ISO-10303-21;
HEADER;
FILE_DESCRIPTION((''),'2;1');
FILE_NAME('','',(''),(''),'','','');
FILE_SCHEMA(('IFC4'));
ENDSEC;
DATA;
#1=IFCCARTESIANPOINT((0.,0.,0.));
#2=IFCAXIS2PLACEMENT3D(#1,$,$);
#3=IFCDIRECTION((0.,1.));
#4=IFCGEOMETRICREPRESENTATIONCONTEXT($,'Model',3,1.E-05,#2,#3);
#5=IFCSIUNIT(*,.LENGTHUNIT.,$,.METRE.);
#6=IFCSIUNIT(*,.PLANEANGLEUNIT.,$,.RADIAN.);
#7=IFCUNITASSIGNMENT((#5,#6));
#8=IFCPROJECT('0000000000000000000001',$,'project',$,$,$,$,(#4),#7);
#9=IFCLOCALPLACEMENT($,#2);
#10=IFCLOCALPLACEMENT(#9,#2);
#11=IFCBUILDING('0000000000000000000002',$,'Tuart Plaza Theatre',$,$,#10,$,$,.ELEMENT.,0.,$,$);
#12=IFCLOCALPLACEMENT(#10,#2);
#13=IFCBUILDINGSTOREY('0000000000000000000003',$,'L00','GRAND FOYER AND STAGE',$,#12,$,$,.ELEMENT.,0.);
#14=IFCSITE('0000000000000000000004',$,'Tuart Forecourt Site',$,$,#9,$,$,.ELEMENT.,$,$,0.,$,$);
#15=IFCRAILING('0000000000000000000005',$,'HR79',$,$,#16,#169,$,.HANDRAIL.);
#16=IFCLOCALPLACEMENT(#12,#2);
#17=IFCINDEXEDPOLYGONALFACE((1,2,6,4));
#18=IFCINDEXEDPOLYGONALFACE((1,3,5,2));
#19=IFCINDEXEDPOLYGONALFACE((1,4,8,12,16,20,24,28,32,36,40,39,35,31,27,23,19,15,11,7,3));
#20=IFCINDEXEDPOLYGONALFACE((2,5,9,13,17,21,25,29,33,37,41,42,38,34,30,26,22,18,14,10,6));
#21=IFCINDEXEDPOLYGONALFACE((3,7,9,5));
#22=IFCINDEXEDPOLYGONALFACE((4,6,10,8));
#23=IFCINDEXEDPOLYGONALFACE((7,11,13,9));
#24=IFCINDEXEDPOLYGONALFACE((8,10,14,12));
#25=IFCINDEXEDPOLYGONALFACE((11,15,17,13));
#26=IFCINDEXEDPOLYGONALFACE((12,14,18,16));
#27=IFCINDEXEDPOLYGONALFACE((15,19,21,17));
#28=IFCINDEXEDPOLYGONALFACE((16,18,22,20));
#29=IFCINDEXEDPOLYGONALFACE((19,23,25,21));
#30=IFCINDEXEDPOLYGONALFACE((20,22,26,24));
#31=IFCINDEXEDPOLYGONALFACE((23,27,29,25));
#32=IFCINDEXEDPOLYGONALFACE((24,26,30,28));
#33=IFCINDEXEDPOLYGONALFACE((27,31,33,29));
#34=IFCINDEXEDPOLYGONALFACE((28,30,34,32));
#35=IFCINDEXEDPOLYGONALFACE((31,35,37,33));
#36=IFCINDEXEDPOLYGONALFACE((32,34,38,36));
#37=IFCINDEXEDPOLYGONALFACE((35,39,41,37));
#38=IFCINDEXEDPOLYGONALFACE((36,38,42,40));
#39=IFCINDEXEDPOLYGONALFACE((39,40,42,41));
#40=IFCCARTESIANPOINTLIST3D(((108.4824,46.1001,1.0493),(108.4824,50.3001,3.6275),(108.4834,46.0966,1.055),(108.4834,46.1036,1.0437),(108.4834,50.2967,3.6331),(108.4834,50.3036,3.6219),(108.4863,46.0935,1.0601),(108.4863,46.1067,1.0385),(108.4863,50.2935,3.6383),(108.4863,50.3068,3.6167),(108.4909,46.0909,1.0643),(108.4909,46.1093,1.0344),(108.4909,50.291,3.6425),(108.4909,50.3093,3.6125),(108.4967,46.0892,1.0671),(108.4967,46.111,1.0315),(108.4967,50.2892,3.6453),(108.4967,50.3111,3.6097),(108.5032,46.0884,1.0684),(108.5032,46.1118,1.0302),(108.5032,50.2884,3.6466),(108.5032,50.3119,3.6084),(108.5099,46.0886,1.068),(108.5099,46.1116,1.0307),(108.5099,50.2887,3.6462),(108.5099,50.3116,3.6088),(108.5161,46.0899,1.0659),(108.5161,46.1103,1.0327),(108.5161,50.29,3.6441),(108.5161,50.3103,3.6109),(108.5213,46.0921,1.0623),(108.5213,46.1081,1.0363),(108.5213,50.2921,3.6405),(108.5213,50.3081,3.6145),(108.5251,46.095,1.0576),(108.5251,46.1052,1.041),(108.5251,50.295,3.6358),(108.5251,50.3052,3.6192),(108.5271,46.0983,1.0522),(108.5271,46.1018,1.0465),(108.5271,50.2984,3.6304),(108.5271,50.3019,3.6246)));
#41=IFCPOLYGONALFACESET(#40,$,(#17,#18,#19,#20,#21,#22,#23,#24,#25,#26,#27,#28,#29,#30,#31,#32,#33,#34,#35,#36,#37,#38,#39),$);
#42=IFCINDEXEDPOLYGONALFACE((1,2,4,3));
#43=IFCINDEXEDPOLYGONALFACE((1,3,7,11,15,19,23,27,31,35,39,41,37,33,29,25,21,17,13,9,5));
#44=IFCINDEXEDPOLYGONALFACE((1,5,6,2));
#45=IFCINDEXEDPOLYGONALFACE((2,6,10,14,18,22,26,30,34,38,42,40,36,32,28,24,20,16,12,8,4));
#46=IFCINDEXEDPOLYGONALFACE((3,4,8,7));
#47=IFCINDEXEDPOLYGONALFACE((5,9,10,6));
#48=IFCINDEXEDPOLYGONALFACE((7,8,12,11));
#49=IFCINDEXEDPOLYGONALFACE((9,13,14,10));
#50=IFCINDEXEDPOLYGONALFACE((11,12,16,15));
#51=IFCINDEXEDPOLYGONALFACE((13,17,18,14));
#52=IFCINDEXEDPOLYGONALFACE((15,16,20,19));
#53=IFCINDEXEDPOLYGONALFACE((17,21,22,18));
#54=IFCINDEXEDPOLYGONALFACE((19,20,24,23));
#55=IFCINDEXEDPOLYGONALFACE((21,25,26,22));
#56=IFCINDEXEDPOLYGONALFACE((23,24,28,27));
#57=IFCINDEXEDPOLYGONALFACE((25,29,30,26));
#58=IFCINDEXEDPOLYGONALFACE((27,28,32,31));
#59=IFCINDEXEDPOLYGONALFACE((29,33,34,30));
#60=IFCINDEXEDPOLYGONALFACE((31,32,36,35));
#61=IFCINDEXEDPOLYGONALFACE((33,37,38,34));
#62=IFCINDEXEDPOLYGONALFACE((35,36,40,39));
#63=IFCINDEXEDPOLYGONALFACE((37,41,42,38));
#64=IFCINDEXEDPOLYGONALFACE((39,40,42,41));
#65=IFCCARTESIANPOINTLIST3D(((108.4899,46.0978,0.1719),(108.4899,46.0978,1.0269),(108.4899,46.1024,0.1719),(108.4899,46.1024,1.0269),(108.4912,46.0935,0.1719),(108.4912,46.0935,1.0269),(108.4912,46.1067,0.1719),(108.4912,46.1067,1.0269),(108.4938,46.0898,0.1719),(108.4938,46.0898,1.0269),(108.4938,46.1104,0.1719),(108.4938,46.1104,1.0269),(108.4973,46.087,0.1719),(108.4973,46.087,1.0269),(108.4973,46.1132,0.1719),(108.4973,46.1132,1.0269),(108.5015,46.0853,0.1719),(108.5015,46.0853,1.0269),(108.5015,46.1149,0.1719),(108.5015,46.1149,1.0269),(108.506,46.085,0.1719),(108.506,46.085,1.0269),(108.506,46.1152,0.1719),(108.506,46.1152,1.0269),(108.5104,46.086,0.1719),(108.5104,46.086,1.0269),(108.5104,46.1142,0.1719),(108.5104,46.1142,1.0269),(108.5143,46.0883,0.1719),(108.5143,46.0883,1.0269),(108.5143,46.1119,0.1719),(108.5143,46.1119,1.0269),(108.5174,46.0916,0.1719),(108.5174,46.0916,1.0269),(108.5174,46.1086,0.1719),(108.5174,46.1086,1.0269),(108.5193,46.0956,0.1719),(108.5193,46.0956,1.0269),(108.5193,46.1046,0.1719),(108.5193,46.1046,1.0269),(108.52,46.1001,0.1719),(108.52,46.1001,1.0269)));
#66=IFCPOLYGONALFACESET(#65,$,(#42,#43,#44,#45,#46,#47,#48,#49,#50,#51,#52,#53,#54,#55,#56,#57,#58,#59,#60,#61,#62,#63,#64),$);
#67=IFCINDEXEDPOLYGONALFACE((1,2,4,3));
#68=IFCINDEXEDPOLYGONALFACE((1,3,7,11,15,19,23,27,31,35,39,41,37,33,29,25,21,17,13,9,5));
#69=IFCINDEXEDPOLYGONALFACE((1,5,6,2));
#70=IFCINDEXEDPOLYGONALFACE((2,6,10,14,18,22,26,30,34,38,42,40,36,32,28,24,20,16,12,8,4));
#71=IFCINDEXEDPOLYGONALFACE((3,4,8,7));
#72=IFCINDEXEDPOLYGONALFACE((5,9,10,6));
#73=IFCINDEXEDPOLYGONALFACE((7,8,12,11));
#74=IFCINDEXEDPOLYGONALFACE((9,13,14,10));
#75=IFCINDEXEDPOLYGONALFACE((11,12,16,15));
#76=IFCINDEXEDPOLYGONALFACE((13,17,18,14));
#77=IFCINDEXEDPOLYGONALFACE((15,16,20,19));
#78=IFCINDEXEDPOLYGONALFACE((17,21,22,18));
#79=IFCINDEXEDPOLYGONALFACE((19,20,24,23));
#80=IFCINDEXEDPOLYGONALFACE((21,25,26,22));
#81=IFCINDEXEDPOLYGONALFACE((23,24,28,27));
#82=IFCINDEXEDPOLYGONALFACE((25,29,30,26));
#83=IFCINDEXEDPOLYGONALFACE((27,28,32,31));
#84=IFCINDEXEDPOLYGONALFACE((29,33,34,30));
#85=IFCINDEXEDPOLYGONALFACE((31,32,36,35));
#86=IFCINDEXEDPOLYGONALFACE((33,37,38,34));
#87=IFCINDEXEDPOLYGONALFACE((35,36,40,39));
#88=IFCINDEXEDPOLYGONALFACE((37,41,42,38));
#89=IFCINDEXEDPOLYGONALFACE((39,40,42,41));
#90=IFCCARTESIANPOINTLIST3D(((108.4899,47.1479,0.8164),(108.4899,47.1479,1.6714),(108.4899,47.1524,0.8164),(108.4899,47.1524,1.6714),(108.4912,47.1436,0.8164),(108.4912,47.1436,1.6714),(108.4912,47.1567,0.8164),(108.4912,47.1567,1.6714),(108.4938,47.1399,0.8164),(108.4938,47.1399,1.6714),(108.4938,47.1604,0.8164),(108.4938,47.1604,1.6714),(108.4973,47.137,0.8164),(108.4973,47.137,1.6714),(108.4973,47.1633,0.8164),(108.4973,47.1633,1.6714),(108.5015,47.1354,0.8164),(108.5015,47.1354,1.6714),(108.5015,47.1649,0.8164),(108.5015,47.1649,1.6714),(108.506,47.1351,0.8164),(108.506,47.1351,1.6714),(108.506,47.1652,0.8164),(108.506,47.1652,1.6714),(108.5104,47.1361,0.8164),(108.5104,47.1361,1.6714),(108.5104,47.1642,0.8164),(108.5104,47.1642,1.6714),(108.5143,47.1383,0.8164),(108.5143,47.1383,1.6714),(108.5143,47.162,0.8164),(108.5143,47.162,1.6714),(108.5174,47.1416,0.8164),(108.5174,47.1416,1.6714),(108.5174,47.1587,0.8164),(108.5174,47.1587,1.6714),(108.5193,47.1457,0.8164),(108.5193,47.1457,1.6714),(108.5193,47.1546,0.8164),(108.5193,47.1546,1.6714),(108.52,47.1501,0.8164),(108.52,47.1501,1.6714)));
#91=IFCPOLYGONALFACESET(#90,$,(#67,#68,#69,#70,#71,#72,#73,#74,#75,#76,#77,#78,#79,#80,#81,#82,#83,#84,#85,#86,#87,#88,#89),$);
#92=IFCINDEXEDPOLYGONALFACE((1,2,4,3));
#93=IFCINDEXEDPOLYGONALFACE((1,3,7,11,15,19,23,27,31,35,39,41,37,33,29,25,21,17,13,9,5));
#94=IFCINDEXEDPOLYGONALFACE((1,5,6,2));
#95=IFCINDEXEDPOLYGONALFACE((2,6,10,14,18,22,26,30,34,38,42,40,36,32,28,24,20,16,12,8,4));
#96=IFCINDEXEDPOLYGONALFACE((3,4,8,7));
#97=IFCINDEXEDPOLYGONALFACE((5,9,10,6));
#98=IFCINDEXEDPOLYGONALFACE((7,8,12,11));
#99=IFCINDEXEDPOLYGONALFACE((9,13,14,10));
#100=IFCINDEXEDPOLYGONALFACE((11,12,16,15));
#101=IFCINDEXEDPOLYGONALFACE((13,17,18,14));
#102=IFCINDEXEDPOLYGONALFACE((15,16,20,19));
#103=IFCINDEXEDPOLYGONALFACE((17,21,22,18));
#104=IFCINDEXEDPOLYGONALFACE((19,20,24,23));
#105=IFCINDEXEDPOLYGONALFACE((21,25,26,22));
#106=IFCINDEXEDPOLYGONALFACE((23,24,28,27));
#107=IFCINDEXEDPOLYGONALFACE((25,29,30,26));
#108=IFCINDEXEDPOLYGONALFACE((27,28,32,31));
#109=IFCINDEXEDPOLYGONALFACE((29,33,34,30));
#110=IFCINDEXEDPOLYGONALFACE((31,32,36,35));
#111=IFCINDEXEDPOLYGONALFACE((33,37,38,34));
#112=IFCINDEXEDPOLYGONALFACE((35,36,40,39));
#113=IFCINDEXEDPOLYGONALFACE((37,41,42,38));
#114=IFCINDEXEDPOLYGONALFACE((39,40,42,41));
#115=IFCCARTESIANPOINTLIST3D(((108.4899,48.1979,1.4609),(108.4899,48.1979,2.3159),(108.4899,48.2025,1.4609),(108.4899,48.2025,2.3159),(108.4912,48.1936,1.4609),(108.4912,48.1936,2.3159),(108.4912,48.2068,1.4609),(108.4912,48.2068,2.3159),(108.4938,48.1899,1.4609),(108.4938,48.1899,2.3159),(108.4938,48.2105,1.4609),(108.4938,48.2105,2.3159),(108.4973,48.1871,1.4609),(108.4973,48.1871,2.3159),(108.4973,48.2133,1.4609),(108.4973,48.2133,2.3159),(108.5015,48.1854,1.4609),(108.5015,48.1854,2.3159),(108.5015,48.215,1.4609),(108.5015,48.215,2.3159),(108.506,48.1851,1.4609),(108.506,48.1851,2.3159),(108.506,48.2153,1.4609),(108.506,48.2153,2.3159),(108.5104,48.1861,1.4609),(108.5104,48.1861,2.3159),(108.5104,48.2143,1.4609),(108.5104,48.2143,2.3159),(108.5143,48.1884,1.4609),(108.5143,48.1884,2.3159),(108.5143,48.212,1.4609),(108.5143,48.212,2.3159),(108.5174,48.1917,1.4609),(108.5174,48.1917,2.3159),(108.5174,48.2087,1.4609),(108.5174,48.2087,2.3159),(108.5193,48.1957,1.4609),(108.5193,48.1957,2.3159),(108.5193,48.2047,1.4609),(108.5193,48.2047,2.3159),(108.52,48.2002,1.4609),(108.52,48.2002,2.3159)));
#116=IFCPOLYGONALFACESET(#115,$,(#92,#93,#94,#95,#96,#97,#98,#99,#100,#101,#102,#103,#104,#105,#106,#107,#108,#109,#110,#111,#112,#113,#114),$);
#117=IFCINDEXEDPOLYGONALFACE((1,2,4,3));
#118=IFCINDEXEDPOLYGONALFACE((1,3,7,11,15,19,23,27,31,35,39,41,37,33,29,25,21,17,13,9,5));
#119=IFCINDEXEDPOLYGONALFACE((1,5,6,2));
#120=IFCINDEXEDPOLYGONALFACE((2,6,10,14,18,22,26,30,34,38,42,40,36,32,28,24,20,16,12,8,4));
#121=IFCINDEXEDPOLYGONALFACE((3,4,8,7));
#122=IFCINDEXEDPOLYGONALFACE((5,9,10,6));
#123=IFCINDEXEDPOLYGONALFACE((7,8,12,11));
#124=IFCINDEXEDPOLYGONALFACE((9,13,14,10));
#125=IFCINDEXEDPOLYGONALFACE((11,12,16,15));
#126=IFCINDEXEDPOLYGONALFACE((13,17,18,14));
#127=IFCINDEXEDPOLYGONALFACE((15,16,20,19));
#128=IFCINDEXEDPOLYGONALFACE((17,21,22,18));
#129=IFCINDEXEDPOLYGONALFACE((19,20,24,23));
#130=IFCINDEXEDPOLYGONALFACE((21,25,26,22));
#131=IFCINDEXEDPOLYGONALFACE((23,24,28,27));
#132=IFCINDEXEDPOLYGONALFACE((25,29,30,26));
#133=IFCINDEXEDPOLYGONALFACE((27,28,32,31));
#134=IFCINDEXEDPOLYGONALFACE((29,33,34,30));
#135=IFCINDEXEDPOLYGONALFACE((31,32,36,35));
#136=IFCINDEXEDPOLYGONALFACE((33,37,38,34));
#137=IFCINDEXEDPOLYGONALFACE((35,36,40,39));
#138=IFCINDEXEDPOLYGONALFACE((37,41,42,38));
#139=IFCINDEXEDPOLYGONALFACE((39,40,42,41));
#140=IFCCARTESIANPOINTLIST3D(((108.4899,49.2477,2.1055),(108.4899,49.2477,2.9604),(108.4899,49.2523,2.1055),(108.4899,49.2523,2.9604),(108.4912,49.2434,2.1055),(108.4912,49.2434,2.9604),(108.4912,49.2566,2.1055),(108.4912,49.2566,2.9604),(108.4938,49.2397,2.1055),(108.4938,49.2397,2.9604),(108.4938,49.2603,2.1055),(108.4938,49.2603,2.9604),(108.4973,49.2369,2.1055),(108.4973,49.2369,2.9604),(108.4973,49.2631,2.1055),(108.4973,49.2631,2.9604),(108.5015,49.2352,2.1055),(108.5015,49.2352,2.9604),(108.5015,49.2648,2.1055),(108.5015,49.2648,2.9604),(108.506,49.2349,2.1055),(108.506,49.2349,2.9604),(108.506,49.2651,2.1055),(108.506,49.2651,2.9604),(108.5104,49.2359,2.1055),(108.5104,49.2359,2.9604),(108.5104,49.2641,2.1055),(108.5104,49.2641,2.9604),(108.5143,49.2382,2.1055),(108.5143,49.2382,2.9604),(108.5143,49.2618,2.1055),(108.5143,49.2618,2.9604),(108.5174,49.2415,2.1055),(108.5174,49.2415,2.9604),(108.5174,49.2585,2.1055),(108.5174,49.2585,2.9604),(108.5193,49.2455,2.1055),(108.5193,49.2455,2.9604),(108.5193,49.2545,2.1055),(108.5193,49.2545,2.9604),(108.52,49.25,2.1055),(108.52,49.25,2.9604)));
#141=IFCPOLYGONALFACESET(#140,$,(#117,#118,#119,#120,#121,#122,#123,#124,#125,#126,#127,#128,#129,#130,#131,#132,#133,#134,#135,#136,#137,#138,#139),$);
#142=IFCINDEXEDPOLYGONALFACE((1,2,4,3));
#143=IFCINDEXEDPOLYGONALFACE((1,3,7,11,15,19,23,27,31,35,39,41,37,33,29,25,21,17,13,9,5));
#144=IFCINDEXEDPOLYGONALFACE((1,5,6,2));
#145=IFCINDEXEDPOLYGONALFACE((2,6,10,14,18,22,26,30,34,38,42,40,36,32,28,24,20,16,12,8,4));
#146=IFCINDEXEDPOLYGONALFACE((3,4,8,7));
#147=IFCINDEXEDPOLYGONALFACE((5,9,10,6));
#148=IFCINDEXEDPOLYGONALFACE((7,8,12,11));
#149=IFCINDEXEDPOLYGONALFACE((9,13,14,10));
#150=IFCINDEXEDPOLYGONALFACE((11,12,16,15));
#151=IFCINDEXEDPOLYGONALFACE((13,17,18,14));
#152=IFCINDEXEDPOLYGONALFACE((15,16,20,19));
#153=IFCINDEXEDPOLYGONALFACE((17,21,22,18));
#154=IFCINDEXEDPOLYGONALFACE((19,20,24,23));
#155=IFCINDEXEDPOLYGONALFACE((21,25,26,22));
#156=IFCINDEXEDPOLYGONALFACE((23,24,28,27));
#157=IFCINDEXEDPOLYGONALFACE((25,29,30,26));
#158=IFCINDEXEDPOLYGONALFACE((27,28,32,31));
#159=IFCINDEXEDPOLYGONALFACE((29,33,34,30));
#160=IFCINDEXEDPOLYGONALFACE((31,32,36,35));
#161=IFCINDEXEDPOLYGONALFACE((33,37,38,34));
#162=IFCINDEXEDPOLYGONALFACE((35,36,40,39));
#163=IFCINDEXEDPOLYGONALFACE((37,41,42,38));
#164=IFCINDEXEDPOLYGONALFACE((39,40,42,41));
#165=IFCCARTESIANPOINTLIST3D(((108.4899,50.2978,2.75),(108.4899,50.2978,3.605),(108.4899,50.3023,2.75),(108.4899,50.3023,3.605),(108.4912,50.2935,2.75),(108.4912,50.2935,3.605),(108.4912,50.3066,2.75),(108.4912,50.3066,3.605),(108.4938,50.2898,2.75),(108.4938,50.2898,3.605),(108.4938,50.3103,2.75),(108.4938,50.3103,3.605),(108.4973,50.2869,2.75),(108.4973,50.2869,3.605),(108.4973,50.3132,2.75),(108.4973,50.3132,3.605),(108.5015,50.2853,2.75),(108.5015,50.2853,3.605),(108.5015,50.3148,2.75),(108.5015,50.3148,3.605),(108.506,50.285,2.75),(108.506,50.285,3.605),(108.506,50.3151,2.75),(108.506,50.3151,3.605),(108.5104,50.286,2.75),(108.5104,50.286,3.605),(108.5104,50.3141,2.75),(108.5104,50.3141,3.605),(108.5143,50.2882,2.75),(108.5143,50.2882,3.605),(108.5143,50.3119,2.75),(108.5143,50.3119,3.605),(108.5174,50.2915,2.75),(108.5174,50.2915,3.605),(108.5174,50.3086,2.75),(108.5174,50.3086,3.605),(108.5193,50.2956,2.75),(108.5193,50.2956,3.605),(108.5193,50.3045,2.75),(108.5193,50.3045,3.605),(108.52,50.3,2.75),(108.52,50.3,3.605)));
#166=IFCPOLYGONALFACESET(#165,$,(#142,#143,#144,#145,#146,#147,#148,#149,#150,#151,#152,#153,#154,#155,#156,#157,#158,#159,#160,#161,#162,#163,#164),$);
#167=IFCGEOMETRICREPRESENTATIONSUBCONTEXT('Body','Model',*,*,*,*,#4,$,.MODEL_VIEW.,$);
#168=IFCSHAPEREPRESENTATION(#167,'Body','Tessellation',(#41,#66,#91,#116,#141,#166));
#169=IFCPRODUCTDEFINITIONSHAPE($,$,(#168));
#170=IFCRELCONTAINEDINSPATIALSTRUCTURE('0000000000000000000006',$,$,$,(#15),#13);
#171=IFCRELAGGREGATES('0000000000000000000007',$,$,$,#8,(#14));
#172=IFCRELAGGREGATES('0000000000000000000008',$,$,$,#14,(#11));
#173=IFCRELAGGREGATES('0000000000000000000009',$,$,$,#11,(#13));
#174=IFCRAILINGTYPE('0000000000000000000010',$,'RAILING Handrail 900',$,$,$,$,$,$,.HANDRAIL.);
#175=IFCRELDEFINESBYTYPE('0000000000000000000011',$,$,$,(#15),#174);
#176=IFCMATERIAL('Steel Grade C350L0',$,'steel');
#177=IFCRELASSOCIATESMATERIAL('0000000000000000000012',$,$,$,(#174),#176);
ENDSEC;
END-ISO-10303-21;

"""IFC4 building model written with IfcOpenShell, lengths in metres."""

from ifc_helpers import new_model, si_unit, direction, frame, origin, origin_2d, place, context, subcontext, project, spatial, circle, extrude, material, type_object, element, save


model = new_model("IFC4")

# Units and contexts
model_context = context("Model", 3, precision=1e-05, world=origin(), true_north=direction((0.0, 1.0)))
body_context = subcontext(model_context, "Body", "Model", "MODEL_VIEW")
ifc_project = project(units=[si_unit("LENGTHUNIT", "METRE"), si_unit("PLANEANGLEUNIT", "RADIAN")], contexts=[model_context])

# Site, building, storey
site_placement = place(None, origin())
site = spatial("IfcSite", under=ifc_project, at=site_placement, Name="Tuart Forecourt Site", CompositionType="ELEMENT", RefElevation=0.0)
building_placement = place(site_placement, origin())
building = spatial("IfcBuilding", under=site, at=building_placement, Name="Tuart Plaza Theatre", CompositionType="ELEMENT", ElevationOfRefHeight=0.0)
storey_placement = place(building_placement, origin())
storey = spatial("IfcBuildingStorey", under=building, at=storey_placement, Name="L00", Description="GRAND FOYER AND STAGE", CompositionType="ELEMENT", Elevation=0.0)

# Railing
ifc_material_1 = material(Name="Steel Grade C350L0", Category="steel")
railing_type_1 = type_object("IfcRailingType", Name="RAILING Handrail 900", PredefinedType="HANDRAIL", material=ifc_material_1)
for number, where, name in (
    (1, (108.5049, 46.1001, 0.1719), "HR79"),
):
    element("IfcRailing", number, at=place(storey_placement, frame(where)), inside=storey, type_object=railing_type_1, Name=name, PredefinedType="HANDRAIL", context=body_context, shape_type="SweptSolid", body=[
        extrude(circle(Radius=0.0225, at=origin_2d()), frame((0.0, 0.0, 0.8774), z_axis=(0.0, 0.852243, 0.523146), x_axis=(-1.0, 0.0, 0.0)), (0.0, 0.0, 1.0), 4.9282),
        extrude(circle(Radius=0.0151, at=origin_2d()), origin(), (0.0, 0.0, 1.0), 0.855),
        extrude(circle(Radius=0.0151, at=origin_2d()), frame((0.0, 1.05, 0.6445)), (0.0, 0.0, 1.0), 0.855),
        extrude(circle(Radius=0.0151, at=origin_2d()), frame((0.0, 2.1001, 1.2891)), (0.0, 0.0, 1.0), 0.855),
        extrude(circle(Radius=0.0151, at=origin_2d()), frame((0.0, 3.1499, 1.9336)), (0.0, 0.0, 1.0), 0.855),
        extrude(circle(Radius=0.0151, at=origin_2d()), frame((0.0, 4.2, 2.5781)), (0.0, 0.0, 1.0), 0.855),
    ])

save(model, "model.ifc")
